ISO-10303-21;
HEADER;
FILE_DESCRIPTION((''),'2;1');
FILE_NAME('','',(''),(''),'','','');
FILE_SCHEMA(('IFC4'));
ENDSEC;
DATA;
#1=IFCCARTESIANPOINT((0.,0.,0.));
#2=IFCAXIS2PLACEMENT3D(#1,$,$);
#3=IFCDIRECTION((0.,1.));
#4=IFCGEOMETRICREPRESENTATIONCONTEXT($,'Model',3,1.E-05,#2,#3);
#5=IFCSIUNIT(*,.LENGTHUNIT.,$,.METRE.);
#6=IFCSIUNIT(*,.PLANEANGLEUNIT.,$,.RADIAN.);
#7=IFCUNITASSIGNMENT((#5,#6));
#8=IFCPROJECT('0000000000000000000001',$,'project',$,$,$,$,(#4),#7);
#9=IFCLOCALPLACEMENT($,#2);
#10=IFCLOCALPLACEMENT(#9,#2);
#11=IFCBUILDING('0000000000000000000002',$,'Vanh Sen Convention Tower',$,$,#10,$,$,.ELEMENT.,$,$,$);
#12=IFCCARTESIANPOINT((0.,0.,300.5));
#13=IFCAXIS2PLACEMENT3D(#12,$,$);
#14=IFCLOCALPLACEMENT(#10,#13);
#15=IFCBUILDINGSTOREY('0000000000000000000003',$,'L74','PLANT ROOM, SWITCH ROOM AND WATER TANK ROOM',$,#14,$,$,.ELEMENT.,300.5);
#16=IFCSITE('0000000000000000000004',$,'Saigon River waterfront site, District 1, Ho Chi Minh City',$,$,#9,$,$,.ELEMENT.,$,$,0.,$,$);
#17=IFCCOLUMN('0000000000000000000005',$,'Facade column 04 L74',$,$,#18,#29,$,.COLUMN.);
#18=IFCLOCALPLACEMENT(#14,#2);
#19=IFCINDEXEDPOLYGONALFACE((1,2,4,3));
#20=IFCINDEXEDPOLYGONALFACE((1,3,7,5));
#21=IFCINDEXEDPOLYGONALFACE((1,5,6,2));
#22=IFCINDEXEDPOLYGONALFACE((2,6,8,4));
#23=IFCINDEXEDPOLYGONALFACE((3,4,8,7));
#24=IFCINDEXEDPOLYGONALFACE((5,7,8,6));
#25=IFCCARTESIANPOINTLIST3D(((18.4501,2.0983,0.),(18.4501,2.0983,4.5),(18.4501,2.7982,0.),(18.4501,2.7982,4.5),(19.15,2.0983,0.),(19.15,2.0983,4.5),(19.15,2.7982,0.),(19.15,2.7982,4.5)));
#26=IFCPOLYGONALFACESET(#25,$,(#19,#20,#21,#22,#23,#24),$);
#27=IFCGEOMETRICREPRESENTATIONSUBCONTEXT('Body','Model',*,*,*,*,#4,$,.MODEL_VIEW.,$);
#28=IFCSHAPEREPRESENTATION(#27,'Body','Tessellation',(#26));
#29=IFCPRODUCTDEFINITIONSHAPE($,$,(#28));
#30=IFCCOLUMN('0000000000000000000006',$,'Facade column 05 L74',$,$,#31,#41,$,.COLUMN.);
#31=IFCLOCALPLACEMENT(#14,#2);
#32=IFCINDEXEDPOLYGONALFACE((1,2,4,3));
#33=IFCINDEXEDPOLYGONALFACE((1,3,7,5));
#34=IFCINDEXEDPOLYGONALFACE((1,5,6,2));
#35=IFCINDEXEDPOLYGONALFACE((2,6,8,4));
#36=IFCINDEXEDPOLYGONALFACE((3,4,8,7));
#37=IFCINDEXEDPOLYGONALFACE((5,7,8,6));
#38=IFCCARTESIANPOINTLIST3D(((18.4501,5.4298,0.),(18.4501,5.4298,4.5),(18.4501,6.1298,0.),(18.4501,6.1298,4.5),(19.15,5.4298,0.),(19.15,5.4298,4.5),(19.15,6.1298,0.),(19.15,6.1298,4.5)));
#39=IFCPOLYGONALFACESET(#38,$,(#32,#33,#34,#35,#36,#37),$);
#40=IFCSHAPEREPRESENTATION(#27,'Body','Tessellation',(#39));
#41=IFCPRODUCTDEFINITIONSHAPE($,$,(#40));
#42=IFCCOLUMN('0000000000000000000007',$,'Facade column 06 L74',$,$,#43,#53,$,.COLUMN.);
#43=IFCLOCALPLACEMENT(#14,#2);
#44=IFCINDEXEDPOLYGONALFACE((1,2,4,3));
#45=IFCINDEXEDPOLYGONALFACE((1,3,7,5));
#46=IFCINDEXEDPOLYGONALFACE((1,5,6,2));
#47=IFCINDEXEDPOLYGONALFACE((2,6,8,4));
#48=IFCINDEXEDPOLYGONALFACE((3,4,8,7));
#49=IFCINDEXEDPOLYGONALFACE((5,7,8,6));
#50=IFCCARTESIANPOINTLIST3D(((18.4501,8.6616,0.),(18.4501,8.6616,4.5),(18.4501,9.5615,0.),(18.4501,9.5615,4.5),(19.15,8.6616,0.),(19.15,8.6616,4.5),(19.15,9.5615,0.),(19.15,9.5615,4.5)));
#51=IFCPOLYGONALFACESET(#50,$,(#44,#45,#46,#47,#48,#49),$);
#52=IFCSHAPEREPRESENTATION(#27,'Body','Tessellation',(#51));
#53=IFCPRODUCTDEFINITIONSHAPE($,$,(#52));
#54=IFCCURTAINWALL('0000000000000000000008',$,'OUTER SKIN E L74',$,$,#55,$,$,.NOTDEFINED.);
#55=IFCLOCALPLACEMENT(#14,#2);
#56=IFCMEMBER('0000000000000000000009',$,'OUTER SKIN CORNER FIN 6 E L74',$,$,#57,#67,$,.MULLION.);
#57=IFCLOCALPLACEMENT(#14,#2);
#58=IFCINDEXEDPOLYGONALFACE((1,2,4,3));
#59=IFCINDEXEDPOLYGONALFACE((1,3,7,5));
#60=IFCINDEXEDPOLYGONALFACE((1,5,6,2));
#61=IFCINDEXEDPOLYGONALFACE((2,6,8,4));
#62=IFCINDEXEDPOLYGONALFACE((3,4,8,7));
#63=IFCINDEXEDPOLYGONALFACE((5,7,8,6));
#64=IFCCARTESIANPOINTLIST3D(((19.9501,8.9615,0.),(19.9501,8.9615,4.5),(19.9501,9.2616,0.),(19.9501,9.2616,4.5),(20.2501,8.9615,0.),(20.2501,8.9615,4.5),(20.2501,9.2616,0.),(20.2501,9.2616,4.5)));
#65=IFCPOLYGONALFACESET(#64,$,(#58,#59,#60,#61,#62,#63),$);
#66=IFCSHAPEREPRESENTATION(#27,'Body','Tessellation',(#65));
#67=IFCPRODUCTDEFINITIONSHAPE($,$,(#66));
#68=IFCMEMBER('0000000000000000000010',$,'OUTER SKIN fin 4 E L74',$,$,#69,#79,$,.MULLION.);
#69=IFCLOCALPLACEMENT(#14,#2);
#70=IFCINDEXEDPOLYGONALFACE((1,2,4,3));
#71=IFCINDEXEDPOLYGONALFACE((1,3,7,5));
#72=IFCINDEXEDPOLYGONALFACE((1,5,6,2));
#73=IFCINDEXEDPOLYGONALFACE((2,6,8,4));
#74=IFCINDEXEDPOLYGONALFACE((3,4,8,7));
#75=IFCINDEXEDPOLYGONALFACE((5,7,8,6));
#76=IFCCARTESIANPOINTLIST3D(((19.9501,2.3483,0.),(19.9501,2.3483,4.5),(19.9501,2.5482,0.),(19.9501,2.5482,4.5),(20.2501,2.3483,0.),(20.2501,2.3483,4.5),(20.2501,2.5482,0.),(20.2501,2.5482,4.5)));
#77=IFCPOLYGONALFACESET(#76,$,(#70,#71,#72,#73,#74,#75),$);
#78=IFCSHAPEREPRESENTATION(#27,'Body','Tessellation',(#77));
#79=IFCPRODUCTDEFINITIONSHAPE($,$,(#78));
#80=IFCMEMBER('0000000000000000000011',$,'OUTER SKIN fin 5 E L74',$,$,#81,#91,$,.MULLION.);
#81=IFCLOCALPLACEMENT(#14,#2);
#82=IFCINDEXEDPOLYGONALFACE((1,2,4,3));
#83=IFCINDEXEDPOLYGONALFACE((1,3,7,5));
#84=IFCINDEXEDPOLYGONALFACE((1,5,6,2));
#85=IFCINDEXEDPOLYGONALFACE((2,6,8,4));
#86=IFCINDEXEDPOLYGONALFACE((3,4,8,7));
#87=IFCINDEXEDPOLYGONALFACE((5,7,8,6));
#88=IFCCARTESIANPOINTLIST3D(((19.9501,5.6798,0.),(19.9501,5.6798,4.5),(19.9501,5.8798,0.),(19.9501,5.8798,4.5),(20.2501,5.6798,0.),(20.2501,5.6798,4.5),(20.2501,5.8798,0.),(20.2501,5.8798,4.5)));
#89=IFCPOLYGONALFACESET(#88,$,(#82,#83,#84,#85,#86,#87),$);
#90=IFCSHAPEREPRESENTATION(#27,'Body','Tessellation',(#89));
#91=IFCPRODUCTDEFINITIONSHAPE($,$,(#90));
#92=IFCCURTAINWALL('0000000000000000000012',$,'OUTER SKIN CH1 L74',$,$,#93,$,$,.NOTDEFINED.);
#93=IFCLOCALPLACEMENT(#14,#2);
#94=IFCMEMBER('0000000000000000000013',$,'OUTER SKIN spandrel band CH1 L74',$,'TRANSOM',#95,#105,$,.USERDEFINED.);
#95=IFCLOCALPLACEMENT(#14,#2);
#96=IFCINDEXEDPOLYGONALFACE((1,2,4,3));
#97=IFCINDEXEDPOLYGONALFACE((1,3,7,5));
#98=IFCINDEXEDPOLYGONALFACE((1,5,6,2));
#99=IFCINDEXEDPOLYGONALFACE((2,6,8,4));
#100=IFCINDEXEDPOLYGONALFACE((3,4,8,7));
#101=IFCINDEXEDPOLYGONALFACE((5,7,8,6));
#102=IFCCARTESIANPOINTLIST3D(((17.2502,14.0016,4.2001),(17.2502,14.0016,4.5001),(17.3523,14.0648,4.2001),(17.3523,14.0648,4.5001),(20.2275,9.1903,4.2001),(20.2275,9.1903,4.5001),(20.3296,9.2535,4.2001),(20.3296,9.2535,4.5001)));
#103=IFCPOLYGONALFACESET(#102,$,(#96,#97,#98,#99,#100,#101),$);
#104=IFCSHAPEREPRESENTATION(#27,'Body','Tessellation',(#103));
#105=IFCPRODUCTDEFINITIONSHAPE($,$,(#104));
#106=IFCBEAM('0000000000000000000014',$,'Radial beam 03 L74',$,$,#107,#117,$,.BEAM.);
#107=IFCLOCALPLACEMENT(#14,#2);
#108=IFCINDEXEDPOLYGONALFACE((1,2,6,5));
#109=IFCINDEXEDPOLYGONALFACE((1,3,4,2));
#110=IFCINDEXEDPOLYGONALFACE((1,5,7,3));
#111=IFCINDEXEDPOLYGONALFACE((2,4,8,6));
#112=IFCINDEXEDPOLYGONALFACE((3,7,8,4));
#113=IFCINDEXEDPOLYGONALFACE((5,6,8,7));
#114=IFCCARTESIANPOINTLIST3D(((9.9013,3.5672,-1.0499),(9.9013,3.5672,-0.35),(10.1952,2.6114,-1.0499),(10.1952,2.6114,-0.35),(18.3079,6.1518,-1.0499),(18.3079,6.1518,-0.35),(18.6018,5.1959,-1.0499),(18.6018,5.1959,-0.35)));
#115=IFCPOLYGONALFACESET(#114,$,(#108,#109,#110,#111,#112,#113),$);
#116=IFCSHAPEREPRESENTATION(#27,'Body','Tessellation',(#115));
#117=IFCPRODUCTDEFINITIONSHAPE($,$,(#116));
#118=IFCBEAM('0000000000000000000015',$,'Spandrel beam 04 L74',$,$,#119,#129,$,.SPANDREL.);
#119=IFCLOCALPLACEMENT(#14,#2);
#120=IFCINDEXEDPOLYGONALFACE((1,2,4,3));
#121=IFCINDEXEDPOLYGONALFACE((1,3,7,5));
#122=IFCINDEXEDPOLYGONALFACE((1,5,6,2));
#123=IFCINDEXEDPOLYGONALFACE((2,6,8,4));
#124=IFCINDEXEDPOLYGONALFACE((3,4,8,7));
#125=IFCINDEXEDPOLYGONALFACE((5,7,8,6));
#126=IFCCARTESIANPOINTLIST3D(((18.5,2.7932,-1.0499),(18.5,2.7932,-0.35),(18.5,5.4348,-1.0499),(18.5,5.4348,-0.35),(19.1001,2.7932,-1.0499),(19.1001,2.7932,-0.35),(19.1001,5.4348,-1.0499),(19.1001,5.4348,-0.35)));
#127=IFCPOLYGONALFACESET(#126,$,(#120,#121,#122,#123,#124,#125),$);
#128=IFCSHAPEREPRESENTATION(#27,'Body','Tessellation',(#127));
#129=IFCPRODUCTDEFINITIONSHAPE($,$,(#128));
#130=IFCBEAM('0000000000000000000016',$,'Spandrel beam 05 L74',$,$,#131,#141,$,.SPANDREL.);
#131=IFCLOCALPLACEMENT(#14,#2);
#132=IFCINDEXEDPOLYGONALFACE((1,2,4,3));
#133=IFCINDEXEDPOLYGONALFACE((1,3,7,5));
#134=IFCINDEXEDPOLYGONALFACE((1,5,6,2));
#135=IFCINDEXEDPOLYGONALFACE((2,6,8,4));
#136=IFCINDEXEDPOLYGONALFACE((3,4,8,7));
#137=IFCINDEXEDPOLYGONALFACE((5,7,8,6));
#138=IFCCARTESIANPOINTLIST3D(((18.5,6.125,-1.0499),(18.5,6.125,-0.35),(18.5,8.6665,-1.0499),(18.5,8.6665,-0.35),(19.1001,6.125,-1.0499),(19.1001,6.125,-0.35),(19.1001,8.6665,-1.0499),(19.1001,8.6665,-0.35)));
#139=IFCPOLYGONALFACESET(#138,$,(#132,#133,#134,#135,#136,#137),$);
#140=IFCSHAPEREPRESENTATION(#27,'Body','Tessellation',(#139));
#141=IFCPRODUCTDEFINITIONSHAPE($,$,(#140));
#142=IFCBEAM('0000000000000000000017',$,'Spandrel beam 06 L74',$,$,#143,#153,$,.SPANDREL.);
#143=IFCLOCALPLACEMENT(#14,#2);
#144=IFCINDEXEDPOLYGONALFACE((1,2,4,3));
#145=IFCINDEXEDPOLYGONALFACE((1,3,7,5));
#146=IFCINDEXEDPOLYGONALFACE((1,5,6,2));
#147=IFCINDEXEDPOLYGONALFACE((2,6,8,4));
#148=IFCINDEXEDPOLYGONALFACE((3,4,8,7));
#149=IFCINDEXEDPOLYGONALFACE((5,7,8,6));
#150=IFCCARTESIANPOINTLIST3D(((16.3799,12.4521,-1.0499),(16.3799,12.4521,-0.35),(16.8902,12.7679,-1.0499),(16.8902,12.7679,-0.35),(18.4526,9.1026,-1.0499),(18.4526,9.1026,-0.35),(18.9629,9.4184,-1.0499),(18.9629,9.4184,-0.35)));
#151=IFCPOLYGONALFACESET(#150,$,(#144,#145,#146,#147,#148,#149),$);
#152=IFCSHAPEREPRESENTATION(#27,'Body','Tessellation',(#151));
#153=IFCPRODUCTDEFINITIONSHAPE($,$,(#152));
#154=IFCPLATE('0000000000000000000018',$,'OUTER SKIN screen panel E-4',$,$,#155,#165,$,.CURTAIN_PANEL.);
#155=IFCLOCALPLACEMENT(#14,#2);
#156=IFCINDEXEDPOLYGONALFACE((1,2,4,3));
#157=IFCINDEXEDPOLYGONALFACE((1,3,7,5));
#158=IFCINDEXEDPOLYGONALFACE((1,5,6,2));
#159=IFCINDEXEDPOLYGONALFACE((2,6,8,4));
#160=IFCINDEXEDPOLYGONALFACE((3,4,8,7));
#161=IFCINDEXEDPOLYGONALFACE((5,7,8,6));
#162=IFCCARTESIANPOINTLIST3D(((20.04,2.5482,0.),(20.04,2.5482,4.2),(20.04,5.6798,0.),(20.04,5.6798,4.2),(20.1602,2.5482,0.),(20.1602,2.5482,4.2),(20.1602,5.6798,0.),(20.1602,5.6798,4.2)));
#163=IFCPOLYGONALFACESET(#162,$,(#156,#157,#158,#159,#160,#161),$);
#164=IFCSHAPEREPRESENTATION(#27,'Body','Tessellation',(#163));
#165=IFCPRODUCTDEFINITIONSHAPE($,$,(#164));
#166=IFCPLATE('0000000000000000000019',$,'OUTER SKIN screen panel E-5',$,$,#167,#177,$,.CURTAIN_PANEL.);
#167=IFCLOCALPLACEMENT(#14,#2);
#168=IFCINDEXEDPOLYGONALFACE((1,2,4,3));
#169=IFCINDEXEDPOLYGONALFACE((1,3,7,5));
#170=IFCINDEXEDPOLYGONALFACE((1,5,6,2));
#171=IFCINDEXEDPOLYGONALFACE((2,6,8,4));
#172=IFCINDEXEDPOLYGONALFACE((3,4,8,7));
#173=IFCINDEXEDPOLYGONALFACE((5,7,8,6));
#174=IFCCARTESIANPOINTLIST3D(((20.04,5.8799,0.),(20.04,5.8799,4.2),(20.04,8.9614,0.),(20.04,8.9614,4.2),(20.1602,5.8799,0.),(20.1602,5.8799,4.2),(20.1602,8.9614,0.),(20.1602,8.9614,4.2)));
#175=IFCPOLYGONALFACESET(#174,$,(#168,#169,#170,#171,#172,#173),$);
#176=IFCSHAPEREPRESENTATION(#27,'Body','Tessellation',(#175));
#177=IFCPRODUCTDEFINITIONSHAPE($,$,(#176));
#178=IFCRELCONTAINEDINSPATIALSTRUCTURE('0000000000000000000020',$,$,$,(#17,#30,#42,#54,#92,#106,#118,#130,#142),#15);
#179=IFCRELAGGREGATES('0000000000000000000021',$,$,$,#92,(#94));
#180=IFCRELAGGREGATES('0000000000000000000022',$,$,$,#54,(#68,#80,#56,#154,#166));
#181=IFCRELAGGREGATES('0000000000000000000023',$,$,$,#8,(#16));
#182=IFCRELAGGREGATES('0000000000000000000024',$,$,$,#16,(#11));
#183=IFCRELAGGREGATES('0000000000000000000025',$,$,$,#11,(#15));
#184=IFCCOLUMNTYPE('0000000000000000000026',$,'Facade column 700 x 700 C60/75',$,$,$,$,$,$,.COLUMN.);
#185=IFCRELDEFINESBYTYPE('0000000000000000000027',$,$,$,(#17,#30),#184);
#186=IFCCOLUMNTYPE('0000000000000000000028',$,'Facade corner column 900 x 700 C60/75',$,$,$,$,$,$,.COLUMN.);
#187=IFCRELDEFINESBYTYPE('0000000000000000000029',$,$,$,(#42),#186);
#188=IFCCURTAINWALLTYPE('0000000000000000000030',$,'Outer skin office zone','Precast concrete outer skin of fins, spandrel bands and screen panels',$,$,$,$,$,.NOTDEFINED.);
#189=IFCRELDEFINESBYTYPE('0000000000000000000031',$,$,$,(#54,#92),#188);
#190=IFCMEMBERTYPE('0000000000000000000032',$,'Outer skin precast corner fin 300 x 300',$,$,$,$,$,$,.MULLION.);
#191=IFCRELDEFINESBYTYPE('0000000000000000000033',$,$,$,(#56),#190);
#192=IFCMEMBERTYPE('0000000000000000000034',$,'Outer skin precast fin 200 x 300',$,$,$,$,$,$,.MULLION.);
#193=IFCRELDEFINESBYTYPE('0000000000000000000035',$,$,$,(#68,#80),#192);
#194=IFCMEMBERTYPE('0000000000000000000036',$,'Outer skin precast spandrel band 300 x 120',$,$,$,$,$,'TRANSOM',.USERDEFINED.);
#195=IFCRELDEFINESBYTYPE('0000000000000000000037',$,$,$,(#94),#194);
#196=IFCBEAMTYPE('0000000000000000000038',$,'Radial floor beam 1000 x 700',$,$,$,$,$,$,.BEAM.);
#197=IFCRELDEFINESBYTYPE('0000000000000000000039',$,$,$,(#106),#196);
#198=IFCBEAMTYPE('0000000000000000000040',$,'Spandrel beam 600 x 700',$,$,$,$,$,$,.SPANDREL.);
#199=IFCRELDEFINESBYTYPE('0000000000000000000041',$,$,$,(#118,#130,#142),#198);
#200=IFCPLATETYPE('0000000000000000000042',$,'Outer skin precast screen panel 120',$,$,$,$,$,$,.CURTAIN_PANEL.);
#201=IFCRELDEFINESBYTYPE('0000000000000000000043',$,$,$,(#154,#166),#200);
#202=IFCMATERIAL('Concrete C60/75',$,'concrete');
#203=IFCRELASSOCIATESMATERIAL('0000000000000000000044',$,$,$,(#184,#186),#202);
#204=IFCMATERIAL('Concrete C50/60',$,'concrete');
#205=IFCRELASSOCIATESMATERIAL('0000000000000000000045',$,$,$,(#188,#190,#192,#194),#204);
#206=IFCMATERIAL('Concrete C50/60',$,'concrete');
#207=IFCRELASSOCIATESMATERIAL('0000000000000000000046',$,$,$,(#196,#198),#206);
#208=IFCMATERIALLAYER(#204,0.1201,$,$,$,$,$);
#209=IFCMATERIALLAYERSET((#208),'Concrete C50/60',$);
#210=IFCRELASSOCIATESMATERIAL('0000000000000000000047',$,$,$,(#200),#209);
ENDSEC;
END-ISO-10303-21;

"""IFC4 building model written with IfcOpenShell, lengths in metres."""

from ifc_helpers import new_model, si_unit, direction, frame, origin, origin_2d, place, context, subcontext, project, spatial, rectangle, extrude, material, layer, layer_set, material_profile, profile_set, type_object, element, aggregate, save


model = new_model("IFC4")

# Units and contexts
model_context = context("Model", 3, precision=1e-05, world=origin(), true_north=direction((0.0, 1.0)))
body_context = subcontext(model_context, "Body", "Model", "MODEL_VIEW")
ifc_project = project(units=[si_unit("LENGTHUNIT", "METRE"), si_unit("PLANEANGLEUNIT", "RADIAN")], contexts=[model_context])

# Site, building, storey
site_placement = place(None, origin())
site = spatial("IfcSite", under=ifc_project, at=site_placement, Name="Saigon River waterfront site, District 1, Ho Chi Minh City", CompositionType="ELEMENT", RefElevation=0.0)
building_placement = place(site_placement, origin())
building = spatial("IfcBuilding", under=site, at=building_placement, Name="Vanh Sen Convention Tower", CompositionType="ELEMENT")
storey_placement = place(building_placement, frame((0.0, 0.0, 300.5)))
storey = spatial("IfcBuildingStorey", under=building, at=storey_placement, Name="L74", Description="PLANT ROOM, SWITCH ROOM AND WATER TANK ROOM", CompositionType="ELEMENT", Elevation=300.5)

# Columns
ifc_material_1 = material(Name="Concrete C60/75", Category="concrete")
ifc_material_profile_1 = material_profile(ifc_material_1, rectangle(XDim=0.7, YDim=0.7, at=origin_2d()), Name="RC 700X700")
ifc_profile_set_1 = profile_set([ifc_material_profile_1], Name="Concrete C60/75")
column_type_1 = type_object("IfcColumnType", Name="Facade column 700 x 700 C60/75", PredefinedType="COLUMN", material=ifc_profile_set_1)
for number, where, z_axis, x_axis, name in (
    (1, (18.8, 2.4482, 0.0), (0.0, 0.0, 1.0), (0.0, 1.0, 0.0), "Facade column 04 L74"),
    (2, (18.8, 5.7798, 0.0), (0.0, 0.0, 1.0), (0.0, 1.0, 0.0), "Facade column 05 L74"),
):
    element("IfcColumn", number, at=place(storey_placement, frame(where, z_axis=z_axis, x_axis=x_axis)), inside=storey, type_object=column_type_1, Name=name, PredefinedType="COLUMN", context=body_context, shape_type="SweptSolid", body=[
        extrude(rectangle(XDim=0.7, YDim=0.7, at=origin_2d()), origin(), (0.0, 0.0, 1.0), 4.5),
    ])
ifc_material_profile_2 = material_profile(ifc_material_1, rectangle(XDim=0.8999, YDim=0.7, at=origin_2d()), Name="RC 900X700")
ifc_profile_set_2 = profile_set([ifc_material_profile_2], Name="Concrete C60/75")
column_type_2 = type_object("IfcColumnType", Name="Facade corner column 900 x 700 C60/75", PredefinedType="COLUMN", material=ifc_profile_set_2)
column_placement = place(storey_placement, frame((18.8, 9.1116, 0.0), z_axis=(0.0, 0.0, 1.0), x_axis=(0.0, 1.0, 0.0)))
element("IfcColumn", 3, at=column_placement, inside=storey, type_object=column_type_2, Name="Facade column 06 L74", PredefinedType="COLUMN", context=body_context, shape_type="SweptSolid", body=[
    extrude(rectangle(XDim=0.8999, YDim=0.7, at=origin_2d()), origin(), (0.0, 0.0, 1.0), 4.5),
])

# Curtain wall, members
ifc_material_2 = material(Name="Concrete C50/60", Category="concrete")
curtain_wall_type = type_object("IfcCurtainWallType", Name="Outer skin office zone", Description="Precast concrete outer skin of fins, spandrel bands and screen panels", PredefinedType="NOTDEFINED", material=ifc_material_2)
curtain_wall_1_placement = place(storey_placement, origin())
curtain_wall_1 = element("IfcCurtainWall", 4, at=curtain_wall_1_placement, inside=storey, type_object=curtain_wall_type, Name="OUTER SKIN E L74", PredefinedType="NOTDEFINED")
ifc_material_profile_3 = material_profile(ifc_material_2, rectangle(XDim=0.3, YDim=0.3, at=origin_2d()), Name="Outer skin precast corner fin 300 x 300")
ifc_profile_set_3 = profile_set([ifc_material_profile_3], Name="Concrete C50/60")
member_type_1 = type_object("IfcMemberType", Name="Outer skin precast corner fin 300 x 300", PredefinedType="MULLION", material=ifc_profile_set_3)
member_1_placement = place(storey_placement, frame((20.1001, 9.1116, 0.0), z_axis=(0.0, 0.0, 1.0), x_axis=(0.0, 1.0, 0.0)))
member_1 = element("IfcMember", 5, at=member_1_placement, type_object=member_type_1, Name="OUTER SKIN CORNER FIN 6 E L74", PredefinedType="MULLION", context=body_context, shape_type="SweptSolid", body=[
    extrude(rectangle(XDim=0.3, YDim=0.3, at=origin_2d()), origin(), (0.0, 0.0, 1.0), 4.5),
])
ifc_material_profile_4 = material_profile(ifc_material_2, rectangle(XDim=0.2, YDim=0.3, at=origin_2d()), Name="Outer skin precast fin 200 x 300")
ifc_profile_set_4 = profile_set([ifc_material_profile_4], Name="Concrete C50/60")
member_type_2 = type_object("IfcMemberType", Name="Outer skin precast fin 200 x 300", PredefinedType="MULLION", material=ifc_profile_set_4)
member_2_placement = place(storey_placement, frame((20.1001, 2.4482, 0.0), z_axis=(0.0, 0.0, 1.0), x_axis=(0.0, 1.0, 0.0)))
member_2 = element("IfcMember", 6, at=member_2_placement, type_object=member_type_2, Name="OUTER SKIN fin 4 E L74", PredefinedType="MULLION", context=body_context, shape_type="SweptSolid", body=[
    extrude(rectangle(XDim=0.2, YDim=0.3, at=origin_2d()), origin(), (0.0, 0.0, 1.0), 4.5),
])
member_3_placement = place(storey_placement, frame((20.1001, 5.7798, 0.0), z_axis=(0.0, 0.0, 1.0), x_axis=(0.0, 1.0, 0.0)))
member_3 = element("IfcMember", 7, at=member_3_placement, type_object=member_type_2, Name="OUTER SKIN fin 5 E L74", PredefinedType="MULLION", context=body_context, shape_type="SweptSolid", body=[
    extrude(rectangle(XDim=0.2, YDim=0.3, at=origin_2d()), origin(), (0.0, 0.0, 1.0), 4.5),
])

# Curtain wall, member
curtain_wall_2_placement = place(storey_placement, origin())
curtain_wall_2 = element("IfcCurtainWall", 8, at=curtain_wall_2_placement, inside=storey, type_object=curtain_wall_type, Name="OUTER SKIN CH1 L74", PredefinedType="NOTDEFINED")
ifc_material_profile_5 = material_profile(ifc_material_2, rectangle(XDim=0.1201, YDim=0.3, at=origin_2d()), Name="Outer skin precast spandrel band 300 x 120")
ifc_profile_set_5 = profile_set([ifc_material_profile_5], Name="Concrete C50/60")
member_type_3 = type_object("IfcMemberType", Name="Outer skin precast spandrel band 300 x 120", ElementType="TRANSOM", PredefinedType="USERDEFINED", material=ifc_profile_set_5)
member_4_placement = place(storey_placement, frame((20.2786, 9.2219, 4.3501), z_axis=(-0.526212, 0.850353, 0.0), x_axis=(-0.850353, -0.526212, 0.0)))
member_4 = element("IfcMember", 9, at=member_4_placement, type_object=member_type_3, Name="OUTER SKIN spandrel band CH1 L74", ObjectType="TRANSOM", PredefinedType="USERDEFINED", context=body_context, shape_type="SweptSolid", body=[
    extrude(rectangle(XDim=0.1201, YDim=0.3, at=origin_2d()), origin(), (0.0, 0.0, 1.0), 5.658),
])
aggregate(curtain_wall_2, [member_4])

# Beams
ifc_material_3 = material(Name="Concrete C50/60", Category="concrete")
ifc_material_profile_6 = material_profile(ifc_material_3, rectangle(XDim=1.0, YDim=0.7, at=origin_2d()), Name="RC 1000X700")
ifc_profile_set_6 = profile_set([ifc_material_profile_6], Name="Concrete C50/60")
beam_type_1 = type_object("IfcBeamType", Name="Radial floor beam 1000 x 700", PredefinedType="BEAM", material=ifc_profile_set_6)
beam_1_placement = place(storey_placement, frame((18.4548, 5.6738, -0.7), z_axis=(-0.955847, -0.293863, 0.0), x_axis=(0.293863, -0.955847, 0.0)))
element("IfcBeam", 10, at=beam_1_placement, inside=storey, type_object=beam_type_1, Name="Radial beam 03 L74", PredefinedType="BEAM", context=body_context, shape_type="SweptSolid", body=[
    extrude(rectangle(XDim=1.0, YDim=0.7, at=origin_2d()), origin(), (0.0, 0.0, 1.0), 8.7949),
])
ifc_material_profile_7 = material_profile(ifc_material_3, rectangle(XDim=0.6001, YDim=0.7, at=origin_2d()), Name="RC 600X700")
ifc_profile_set_7 = profile_set([ifc_material_profile_7], Name="Concrete C50/60")
beam_type_2 = type_object("IfcBeamType", Name="Spandrel beam 600 x 700", PredefinedType="SPANDREL", material=ifc_profile_set_7)
beam_2_placement = place(storey_placement, frame((18.8, 2.7932, -0.7), z_axis=(0.0, 1.0, 0.0), x_axis=(-1.0, 0.0, 0.0)))
element("IfcBeam", 11, at=beam_2_placement, inside=storey, type_object=beam_type_2, Name="Spandrel beam 04 L74", PredefinedType="SPANDREL", context=body_context, shape_type="SweptSolid", body=[
    extrude(rectangle(XDim=0.6001, YDim=0.7, at=origin_2d()), origin(), (0.0, 0.0, 1.0), 2.6416),
])
beam_3_placement = place(storey_placement, frame((18.8, 6.125, -0.7), z_axis=(0.0, 1.0, 0.0), x_axis=(-1.0, 0.0, 0.0)))
element("IfcBeam", 12, at=beam_3_placement, inside=storey, type_object=beam_type_2, Name="Spandrel beam 05 L74", PredefinedType="SPANDREL", context=body_context, shape_type="SweptSolid", body=[
    extrude(rectangle(XDim=0.6001, YDim=0.7, at=origin_2d()), origin(), (0.0, 0.0, 1.0), 2.5415),
])
beam_4_placement = place(storey_placement, frame((18.7078, 9.2605, -0.7), z_axis=(-0.526205, 0.850358, 0.0), x_axis=(-0.850358, -0.526205, 0.0)))
element("IfcBeam", 13, at=beam_4_placement, inside=storey, type_object=beam_type_2, Name="Spandrel beam 06 L74", PredefinedType="SPANDREL", context=body_context, shape_type="SweptSolid", body=[
    extrude(rectangle(XDim=0.6001, YDim=0.7, at=origin_2d()), origin(), (0.0, 0.0, 1.0), 3.939),
])

# Plates
ifc_layer_1 = layer(ifc_material_2, 0.1201)
ifc_layer_set_1 = layer_set([ifc_layer_1], Name="Concrete C50/60")
plate_type = type_object("IfcPlateType", Name="Outer skin precast screen panel 120", PredefinedType="CURTAIN_PANEL", material=ifc_layer_set_1)
plate_1_placement = place(storey_placement, frame((20.1001, 4.114, 0.0), z_axis=(0.0, 0.0, 1.0), x_axis=(0.0, 1.0, 0.0)))
plate_1 = element("IfcPlate", 14, at=plate_1_placement, type_object=plate_type, Name="OUTER SKIN screen panel E-4", PredefinedType="CURTAIN_PANEL", context=body_context, shape_type="SweptSolid", body=[
    extrude(rectangle(XDim=3.1316, YDim=0.1201, at=origin_2d()), origin(), (0.0, 0.0, 1.0), 4.2),
])
plate_2_placement = place(storey_placement, frame((20.1001, 7.4207, 0.0), z_axis=(0.0, 0.0, 1.0), x_axis=(0.0, 1.0, 0.0)))
plate_2 = element("IfcPlate", 15, at=plate_2_placement, type_object=plate_type, Name="OUTER SKIN screen panel E-5", PredefinedType="CURTAIN_PANEL", context=body_context, shape_type="SweptSolid", body=[
    extrude(rectangle(XDim=3.0815, YDim=0.1201, at=origin_2d()), origin(), (0.0, 0.0, 1.0), 4.2),
])
aggregate(curtain_wall_1, [member_2, member_3, member_1, plate_1, plate_2])

save(model, "model.ifc")
